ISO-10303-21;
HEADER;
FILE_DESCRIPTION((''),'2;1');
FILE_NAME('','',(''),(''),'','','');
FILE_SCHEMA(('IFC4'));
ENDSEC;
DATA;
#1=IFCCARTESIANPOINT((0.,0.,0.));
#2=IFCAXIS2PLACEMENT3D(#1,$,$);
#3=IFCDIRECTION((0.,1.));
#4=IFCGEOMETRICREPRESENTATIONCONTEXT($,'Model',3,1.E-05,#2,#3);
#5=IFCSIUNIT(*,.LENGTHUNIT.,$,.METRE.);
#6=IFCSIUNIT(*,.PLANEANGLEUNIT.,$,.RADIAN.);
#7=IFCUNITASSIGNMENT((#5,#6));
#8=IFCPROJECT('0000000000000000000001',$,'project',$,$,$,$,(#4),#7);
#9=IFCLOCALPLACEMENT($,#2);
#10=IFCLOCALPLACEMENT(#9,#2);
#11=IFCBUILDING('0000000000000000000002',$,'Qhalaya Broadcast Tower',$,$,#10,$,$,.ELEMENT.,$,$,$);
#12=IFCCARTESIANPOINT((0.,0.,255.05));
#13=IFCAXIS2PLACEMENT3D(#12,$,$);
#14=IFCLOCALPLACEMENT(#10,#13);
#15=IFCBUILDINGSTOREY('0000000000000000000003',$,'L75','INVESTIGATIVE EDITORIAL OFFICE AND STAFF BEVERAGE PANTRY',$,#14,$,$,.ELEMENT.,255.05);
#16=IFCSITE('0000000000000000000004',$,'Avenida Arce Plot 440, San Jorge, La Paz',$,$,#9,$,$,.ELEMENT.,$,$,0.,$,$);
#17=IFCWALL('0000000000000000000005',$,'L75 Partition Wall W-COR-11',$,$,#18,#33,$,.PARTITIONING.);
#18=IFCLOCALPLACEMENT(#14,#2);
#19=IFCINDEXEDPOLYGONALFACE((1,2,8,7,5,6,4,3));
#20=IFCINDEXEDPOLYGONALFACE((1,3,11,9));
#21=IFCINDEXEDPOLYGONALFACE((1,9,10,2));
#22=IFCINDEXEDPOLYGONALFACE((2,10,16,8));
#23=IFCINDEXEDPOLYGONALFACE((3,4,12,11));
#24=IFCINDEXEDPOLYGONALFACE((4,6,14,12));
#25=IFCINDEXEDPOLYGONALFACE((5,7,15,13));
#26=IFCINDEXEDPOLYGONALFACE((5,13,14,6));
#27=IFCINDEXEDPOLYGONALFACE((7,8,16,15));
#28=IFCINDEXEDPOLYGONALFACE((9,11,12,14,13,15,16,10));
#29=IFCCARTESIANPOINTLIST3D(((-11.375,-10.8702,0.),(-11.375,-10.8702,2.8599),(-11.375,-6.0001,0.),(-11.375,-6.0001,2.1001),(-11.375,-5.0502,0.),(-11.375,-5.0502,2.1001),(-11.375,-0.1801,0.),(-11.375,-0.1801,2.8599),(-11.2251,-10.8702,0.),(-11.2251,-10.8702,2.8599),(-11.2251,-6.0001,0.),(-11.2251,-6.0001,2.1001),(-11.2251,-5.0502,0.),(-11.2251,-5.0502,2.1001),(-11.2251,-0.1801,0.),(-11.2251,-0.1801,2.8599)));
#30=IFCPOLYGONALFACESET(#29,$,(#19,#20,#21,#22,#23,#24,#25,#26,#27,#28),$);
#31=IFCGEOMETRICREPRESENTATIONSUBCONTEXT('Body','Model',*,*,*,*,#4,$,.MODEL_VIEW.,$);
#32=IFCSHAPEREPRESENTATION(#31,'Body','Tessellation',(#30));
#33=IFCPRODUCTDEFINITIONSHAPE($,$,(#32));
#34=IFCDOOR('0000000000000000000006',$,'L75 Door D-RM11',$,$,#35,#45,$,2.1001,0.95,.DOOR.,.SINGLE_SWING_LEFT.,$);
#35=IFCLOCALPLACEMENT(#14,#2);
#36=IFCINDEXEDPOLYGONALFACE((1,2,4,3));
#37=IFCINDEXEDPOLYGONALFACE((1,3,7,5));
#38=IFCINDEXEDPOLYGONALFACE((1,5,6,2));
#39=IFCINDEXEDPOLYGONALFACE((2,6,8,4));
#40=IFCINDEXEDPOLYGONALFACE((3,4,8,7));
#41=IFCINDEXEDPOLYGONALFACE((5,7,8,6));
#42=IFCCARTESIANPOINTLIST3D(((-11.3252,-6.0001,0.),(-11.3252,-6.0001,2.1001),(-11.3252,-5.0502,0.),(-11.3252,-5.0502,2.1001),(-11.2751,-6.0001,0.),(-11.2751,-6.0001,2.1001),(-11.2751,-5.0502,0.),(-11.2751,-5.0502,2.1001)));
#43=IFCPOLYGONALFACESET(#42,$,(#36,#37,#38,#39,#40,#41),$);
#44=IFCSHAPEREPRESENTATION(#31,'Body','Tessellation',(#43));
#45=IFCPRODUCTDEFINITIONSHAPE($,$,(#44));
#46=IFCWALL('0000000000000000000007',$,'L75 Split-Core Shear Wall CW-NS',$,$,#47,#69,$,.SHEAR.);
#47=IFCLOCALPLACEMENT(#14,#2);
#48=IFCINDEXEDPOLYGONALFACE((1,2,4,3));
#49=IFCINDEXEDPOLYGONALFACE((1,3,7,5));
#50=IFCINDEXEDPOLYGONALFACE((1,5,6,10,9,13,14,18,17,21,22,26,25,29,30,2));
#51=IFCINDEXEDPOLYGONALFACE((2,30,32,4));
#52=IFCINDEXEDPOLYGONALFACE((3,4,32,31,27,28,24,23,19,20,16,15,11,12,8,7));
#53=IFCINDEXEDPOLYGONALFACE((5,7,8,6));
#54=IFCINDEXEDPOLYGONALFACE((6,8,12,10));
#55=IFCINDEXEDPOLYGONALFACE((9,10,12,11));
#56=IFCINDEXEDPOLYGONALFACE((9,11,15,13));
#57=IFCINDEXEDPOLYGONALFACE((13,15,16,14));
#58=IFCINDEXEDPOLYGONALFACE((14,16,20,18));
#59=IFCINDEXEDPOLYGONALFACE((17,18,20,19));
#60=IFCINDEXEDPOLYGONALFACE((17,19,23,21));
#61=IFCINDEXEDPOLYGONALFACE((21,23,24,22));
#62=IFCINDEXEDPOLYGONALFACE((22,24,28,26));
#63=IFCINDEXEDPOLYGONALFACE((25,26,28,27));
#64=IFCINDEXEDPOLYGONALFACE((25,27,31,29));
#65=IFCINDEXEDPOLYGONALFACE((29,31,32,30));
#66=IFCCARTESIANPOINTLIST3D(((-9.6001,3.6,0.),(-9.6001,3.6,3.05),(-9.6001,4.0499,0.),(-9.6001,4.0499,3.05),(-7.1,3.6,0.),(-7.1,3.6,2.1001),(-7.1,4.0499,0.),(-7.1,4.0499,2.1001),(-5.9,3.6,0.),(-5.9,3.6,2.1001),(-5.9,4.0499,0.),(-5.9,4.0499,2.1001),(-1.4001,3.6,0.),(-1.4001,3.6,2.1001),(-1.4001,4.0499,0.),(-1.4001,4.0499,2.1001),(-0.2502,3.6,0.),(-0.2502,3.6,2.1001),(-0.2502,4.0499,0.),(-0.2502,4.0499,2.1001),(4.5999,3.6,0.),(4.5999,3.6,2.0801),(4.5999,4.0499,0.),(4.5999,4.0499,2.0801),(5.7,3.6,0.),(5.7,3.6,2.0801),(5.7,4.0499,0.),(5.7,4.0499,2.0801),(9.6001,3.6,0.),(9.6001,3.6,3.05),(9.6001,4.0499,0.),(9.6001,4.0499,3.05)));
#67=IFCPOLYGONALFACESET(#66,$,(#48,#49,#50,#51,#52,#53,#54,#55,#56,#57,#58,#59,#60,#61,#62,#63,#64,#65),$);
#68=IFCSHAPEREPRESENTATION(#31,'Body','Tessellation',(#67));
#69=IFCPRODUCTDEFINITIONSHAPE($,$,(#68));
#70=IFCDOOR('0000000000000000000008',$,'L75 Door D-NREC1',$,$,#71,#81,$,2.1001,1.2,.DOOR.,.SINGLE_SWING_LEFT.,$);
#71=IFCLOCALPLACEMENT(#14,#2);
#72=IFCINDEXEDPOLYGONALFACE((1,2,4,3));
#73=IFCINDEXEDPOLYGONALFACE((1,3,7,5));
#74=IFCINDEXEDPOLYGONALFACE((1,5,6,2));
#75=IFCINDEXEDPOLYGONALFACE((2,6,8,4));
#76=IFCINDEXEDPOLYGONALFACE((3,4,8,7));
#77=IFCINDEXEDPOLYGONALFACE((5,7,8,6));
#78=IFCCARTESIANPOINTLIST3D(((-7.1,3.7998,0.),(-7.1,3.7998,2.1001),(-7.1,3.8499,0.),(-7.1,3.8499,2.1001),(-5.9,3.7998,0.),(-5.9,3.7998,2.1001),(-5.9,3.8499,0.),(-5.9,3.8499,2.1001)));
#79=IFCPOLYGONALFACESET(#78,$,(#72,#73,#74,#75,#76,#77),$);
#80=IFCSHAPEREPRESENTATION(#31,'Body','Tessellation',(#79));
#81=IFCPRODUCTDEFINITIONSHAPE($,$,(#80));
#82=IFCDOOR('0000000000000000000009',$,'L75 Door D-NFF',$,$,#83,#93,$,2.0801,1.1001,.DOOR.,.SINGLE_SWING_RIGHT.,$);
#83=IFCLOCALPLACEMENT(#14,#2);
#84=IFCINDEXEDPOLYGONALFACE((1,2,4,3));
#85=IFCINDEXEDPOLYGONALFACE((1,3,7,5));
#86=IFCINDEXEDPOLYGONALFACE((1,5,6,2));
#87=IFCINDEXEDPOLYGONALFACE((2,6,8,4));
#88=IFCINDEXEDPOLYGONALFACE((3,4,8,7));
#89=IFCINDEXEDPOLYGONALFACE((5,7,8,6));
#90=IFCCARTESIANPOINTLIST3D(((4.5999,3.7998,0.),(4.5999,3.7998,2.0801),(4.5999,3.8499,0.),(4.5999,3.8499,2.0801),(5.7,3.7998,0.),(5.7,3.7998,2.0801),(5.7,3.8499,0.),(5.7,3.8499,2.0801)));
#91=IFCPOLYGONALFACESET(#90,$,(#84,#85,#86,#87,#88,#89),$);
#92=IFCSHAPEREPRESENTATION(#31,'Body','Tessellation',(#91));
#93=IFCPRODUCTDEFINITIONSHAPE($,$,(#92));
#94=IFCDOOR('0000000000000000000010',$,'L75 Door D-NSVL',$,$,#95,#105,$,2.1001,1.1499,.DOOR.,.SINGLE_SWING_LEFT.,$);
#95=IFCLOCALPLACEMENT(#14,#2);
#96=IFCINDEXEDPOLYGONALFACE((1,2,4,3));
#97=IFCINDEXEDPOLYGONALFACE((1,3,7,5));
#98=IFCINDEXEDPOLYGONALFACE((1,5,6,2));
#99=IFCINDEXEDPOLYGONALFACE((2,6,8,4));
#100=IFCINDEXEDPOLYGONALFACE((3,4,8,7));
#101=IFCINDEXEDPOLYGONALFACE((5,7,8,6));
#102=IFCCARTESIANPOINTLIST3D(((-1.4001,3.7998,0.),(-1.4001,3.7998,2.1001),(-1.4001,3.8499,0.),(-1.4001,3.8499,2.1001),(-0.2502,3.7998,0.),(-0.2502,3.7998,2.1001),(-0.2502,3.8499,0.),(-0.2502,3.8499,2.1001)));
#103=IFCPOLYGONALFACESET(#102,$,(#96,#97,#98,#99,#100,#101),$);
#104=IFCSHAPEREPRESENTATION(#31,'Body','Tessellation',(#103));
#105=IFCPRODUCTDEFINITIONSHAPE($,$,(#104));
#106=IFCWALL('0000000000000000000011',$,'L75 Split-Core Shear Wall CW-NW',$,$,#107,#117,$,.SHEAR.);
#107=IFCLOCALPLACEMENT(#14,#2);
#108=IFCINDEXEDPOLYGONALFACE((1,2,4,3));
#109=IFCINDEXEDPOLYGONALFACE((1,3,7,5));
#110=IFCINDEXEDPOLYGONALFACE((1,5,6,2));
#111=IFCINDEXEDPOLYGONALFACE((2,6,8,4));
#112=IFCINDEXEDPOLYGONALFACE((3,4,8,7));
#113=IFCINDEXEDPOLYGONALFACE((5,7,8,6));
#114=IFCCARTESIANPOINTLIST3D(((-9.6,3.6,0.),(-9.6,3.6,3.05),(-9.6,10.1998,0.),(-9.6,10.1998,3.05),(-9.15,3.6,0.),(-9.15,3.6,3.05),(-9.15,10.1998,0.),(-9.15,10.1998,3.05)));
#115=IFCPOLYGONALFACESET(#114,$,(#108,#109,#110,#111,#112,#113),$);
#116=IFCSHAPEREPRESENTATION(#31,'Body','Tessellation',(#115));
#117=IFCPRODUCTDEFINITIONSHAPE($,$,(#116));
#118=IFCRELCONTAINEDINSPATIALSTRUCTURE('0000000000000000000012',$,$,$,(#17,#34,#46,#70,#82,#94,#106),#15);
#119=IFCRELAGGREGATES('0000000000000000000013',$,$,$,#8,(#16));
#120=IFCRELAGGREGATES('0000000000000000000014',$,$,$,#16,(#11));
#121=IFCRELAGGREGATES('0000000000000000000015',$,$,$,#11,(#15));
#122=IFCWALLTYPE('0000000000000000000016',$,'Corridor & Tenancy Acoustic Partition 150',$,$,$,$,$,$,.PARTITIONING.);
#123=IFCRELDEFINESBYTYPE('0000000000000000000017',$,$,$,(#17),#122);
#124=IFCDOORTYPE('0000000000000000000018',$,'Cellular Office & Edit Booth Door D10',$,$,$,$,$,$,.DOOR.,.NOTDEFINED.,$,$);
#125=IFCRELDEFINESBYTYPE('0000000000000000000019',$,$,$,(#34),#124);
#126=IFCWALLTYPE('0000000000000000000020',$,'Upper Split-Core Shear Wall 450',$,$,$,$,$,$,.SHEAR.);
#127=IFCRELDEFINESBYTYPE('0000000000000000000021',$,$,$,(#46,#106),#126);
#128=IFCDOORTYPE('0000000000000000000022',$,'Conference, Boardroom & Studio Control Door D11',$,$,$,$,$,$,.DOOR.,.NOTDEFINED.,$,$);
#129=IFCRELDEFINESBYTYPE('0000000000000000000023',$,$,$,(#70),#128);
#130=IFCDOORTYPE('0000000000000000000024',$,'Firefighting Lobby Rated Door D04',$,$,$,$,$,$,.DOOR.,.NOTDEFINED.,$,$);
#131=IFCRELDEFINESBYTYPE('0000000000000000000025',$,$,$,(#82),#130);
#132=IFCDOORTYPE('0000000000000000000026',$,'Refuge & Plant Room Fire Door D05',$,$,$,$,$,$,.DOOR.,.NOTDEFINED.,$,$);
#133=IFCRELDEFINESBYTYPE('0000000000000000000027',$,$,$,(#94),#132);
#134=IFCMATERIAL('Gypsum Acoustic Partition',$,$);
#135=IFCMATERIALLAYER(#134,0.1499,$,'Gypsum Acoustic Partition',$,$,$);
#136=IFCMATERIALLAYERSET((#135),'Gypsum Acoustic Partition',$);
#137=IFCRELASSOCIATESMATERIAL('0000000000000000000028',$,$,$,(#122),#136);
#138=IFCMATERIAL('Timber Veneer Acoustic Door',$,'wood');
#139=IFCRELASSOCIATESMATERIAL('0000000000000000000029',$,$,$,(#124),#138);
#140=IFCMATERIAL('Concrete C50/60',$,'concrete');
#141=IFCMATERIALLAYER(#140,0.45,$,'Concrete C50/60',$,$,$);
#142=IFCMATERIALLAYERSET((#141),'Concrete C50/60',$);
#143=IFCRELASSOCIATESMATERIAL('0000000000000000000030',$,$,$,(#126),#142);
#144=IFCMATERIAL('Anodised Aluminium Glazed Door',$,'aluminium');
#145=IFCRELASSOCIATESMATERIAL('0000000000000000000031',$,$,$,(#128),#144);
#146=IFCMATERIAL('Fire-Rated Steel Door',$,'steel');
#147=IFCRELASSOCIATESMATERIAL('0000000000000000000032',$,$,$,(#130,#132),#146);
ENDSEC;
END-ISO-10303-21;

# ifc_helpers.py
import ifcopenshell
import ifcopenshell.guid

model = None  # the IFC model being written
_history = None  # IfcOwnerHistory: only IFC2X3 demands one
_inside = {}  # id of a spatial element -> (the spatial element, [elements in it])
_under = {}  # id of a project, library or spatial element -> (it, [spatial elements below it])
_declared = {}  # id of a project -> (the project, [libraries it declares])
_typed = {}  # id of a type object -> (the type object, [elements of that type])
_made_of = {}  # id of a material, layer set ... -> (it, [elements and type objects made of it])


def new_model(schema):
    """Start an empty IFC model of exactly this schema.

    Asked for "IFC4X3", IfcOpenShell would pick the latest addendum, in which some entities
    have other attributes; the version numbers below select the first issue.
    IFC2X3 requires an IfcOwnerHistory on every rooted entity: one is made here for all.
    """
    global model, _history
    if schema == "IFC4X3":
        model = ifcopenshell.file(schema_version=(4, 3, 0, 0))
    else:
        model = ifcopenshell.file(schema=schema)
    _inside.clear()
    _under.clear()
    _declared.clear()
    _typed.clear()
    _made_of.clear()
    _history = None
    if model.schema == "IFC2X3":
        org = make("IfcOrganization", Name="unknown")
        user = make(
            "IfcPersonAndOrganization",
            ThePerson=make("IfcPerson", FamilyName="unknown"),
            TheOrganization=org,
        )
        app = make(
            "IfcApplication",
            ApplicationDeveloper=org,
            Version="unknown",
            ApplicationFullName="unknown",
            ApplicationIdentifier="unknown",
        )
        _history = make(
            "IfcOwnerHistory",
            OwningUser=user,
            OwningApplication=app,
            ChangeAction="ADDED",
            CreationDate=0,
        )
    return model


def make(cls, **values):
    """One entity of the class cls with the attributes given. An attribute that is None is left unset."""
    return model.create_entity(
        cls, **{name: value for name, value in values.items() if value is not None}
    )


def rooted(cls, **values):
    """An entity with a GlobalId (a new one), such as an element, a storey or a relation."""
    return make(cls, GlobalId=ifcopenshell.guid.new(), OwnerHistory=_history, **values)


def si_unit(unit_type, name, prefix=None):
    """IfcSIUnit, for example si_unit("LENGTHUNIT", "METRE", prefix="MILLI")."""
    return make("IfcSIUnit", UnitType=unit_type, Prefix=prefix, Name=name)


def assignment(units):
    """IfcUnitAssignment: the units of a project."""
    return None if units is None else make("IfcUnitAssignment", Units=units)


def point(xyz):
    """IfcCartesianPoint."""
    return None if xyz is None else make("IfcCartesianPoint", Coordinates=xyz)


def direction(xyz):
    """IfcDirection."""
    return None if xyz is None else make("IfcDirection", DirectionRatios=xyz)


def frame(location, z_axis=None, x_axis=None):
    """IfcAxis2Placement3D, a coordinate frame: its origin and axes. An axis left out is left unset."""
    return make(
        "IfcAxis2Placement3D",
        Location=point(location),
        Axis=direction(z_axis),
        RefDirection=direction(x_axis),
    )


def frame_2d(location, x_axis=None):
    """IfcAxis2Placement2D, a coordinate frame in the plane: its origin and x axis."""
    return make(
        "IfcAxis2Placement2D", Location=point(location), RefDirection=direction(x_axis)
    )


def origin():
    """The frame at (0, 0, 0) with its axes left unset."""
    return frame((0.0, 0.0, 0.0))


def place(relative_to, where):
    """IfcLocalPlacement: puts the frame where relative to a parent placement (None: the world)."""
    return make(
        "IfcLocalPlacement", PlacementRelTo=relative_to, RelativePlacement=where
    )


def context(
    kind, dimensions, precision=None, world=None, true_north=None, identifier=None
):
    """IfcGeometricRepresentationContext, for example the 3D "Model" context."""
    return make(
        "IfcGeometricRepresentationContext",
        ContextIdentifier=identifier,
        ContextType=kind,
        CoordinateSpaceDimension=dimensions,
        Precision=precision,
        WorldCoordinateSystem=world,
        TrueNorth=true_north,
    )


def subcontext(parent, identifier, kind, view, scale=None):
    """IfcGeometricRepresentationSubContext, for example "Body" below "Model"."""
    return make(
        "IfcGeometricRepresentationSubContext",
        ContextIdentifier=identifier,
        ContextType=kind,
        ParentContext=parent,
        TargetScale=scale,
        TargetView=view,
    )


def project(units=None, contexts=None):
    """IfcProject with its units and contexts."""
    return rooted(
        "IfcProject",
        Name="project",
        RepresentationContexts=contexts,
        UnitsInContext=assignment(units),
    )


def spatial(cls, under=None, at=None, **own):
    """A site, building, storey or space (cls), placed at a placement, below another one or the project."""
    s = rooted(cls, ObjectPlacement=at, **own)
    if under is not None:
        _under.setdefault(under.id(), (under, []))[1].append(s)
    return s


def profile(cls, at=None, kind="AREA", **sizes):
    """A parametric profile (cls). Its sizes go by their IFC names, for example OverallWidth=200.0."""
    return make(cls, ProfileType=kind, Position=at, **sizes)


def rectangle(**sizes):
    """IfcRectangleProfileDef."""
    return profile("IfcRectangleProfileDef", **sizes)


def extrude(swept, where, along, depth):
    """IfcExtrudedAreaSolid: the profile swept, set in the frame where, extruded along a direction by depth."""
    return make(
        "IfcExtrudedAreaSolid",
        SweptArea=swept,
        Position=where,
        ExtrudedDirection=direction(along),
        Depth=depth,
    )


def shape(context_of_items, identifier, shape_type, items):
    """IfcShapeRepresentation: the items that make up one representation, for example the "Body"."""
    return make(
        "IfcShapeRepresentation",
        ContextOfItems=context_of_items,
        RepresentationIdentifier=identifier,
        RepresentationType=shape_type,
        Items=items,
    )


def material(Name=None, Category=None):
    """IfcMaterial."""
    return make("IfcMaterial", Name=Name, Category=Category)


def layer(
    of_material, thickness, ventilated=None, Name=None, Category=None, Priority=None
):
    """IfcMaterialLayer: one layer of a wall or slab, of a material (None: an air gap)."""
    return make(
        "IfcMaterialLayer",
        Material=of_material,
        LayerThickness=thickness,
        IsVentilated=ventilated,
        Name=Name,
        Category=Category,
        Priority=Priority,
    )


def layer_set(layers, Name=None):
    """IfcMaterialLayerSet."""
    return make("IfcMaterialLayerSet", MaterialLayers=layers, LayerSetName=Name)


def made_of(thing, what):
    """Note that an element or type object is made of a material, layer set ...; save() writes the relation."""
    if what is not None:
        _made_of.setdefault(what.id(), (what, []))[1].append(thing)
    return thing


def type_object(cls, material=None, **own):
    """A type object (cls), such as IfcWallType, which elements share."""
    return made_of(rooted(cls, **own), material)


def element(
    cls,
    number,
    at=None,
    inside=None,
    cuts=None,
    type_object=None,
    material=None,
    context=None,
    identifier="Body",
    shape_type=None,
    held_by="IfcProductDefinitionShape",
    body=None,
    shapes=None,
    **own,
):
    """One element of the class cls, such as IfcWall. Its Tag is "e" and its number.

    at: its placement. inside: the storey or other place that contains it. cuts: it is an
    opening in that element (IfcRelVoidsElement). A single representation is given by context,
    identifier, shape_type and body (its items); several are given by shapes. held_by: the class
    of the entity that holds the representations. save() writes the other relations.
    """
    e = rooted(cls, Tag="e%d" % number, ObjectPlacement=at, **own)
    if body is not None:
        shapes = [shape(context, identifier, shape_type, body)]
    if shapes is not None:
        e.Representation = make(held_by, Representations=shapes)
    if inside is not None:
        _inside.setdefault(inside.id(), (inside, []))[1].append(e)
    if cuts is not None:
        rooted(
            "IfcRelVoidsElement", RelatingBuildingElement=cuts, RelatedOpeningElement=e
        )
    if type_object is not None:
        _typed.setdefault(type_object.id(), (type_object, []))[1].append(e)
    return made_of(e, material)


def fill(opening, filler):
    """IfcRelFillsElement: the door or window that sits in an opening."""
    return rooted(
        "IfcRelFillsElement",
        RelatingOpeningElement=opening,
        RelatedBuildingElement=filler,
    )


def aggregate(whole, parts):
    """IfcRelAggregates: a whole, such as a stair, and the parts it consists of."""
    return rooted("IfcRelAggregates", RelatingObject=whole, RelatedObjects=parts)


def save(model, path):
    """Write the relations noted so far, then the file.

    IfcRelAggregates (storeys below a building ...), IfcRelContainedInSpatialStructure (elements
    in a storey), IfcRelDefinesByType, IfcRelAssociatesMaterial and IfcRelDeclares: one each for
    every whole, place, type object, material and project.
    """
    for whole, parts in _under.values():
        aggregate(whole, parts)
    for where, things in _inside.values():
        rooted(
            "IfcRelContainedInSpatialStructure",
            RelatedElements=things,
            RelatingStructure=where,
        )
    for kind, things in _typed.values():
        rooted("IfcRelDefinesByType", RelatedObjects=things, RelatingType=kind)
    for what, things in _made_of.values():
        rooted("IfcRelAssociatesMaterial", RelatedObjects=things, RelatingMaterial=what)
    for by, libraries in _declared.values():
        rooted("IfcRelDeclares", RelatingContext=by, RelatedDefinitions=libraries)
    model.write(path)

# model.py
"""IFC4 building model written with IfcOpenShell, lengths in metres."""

from ifc_helpers import new_model, si_unit, direction, frame, frame_2d, origin, place, context, subcontext, project, spatial, rectangle, extrude, material, layer, layer_set, type_object, element, fill, save


model = new_model("IFC4")

# Units and contexts
model_context = context("Model", 3, precision=1e-05, world=origin(), true_north=direction((0.0, 1.0)))
body_context = subcontext(model_context, "Body", "Model", "MODEL_VIEW")
ifc_project = project(units=[si_unit("LENGTHUNIT", "METRE"), si_unit("PLANEANGLEUNIT", "RADIAN")], contexts=[model_context])

# Site, building, storey
site_placement = place(None, origin())
site = spatial("IfcSite", under=ifc_project, at=site_placement, Name="Avenida Arce Plot 440, San Jorge, La Paz", CompositionType="ELEMENT", RefElevation=0.0)
building_placement = place(site_placement, origin())
building = spatial("IfcBuilding", under=site, at=building_placement, Name="Qhalaya Broadcast Tower", CompositionType="ELEMENT")
storey_placement = place(building_placement, frame((0.0, 0.0, 255.05)))
storey = spatial("IfcBuildingStorey", under=building, at=storey_placement, Name="L75", Description="INVESTIGATIVE EDITORIAL OFFICE AND STAFF BEVERAGE PANTRY", CompositionType="ELEMENT", Elevation=255.05)

# Shared definitions
ifc_material_1 = material(Name="Concrete C50/60", Category="concrete")

# Wall, opening, door
ifc_material_2 = material(Name="Gypsum Acoustic Partition")
ifc_layer_1 = layer(ifc_material_2, 0.1499, Name="Gypsum Acoustic Partition")
ifc_layer_set_1 = layer_set([ifc_layer_1], Name="Gypsum Acoustic Partition")
wall_type_1 = type_object("IfcWallType", Name="Corridor & Tenancy Acoustic Partition 150", PredefinedType="PARTITIONING", material=ifc_layer_set_1)
wall_1_placement = place(storey_placement, frame((-11.3, -0.1799, 0.0), z_axis=(0.0, 0.0, 1.0), x_axis=(0.0, -1.0, 0.0)))
wall_1 = element("IfcWall", 1, at=wall_1_placement, inside=storey, type_object=wall_type_1, Name="L75 Partition Wall W-COR-11", PredefinedType="PARTITIONING", context=body_context, shape_type="SweptSolid", body=[
    extrude(rectangle(XDim=10.6902, YDim=0.1499, at=frame_2d((5.3452, 0.0))), origin(), (0.0, 0.0, 1.0), 2.8599),
])
opening_1_placement = place(wall_1_placement, frame((4.8701, 0.0, 0.0)))
opening_1 = element("IfcOpeningElement", 2, at=opening_1_placement, cuts=wall_1, PredefinedType="OPENING", context=body_context, shape_type="SweptSolid", body=[
    extrude(rectangle(XDim=0.95, YDim=2.1001, at=frame_2d((0.4751, 1.05))), frame((0.0, 0.0869, 0.0), z_axis=(0.0, -1.0, 0.0), x_axis=(1.0, 0.0, 0.0)), (0.0, 0.0, 1.0), 0.1738),
])
ifc_material_3 = material(Name="Timber Veneer Acoustic Door", Category="wood")
door_type_1 = type_object("IfcDoorType", Name="Cellular Office & Edit Booth Door D10", OperationType="NOTDEFINED", PredefinedType="DOOR", material=ifc_material_3)
door_1_placement = place(opening_1_placement, origin())
door_1 = element("IfcDoor", 3, at=door_1_placement, inside=storey, type_object=door_type_1, Name="L75 Door D-RM11", OperationType="SINGLE_SWING_LEFT", OverallHeight=2.1001, OverallWidth=0.95, PredefinedType="DOOR", context=body_context, shape_type="SweptSolid", body=[
    extrude(rectangle(XDim=0.95, YDim=2.1001, at=frame_2d((0.4751, 1.05))), frame((0.0, 0.0249, 0.0), z_axis=(0.0, -1.0, 0.0), x_axis=(1.0, 0.0, 0.0)), (0.0, 0.0, 1.0), 0.05),
])
fill(opening_1, door_1)

# Wall, openings, doors
ifc_layer_2 = layer(ifc_material_1, 0.45, Name="Concrete C50/60")
ifc_layer_set_2 = layer_set([ifc_layer_2], Name="Concrete C50/60")
wall_type_2 = type_object("IfcWallType", Name="Upper Split-Core Shear Wall 450", PredefinedType="SHEAR", material=ifc_layer_set_2)
wall_2_placement = place(storey_placement, frame((-9.6001, 3.825, 0.0), z_axis=(0.0, 0.0, 1.0), x_axis=(1.0, 0.0, 0.0)))
wall_2 = element("IfcWall", 4, at=wall_2_placement, inside=storey, type_object=wall_type_2, Name="L75 Split-Core Shear Wall CW-NS", PredefinedType="SHEAR", context=body_context, shape_type="SweptSolid", body=[
    extrude(rectangle(XDim=19.2002, YDim=0.45, at=frame_2d((9.6001, 0.0))), origin(), (0.0, 0.0, 1.0), 3.05),
])
opening_2_placement = place(wall_2_placement, frame((14.2, 0.0, 0.0)))
opening_2 = element("IfcOpeningElement", 5, at=opening_2_placement, cuts=wall_2, PredefinedType="OPENING", context=body_context, shape_type="SweptSolid", body=[
    extrude(rectangle(XDim=1.1001, YDim=2.0801, at=frame_2d((0.55, 1.04))), frame((0.0, 0.2371, 0.0), z_axis=(0.0, -1.0, 0.0), x_axis=(1.0, 0.0, 0.0)), (0.0, 0.0, 1.0), 0.4739),
])
opening_3_placement = place(wall_2_placement, frame((8.2, 0.0, 0.0)))
opening_3 = element("IfcOpeningElement", 6, at=opening_3_placement, cuts=wall_2, PredefinedType="OPENING", context=body_context, shape_type="SweptSolid", body=[
    extrude(rectangle(XDim=1.1499, YDim=2.1001, at=frame_2d((0.575, 1.05))), frame((0.0, 0.2371, 0.0), z_axis=(0.0, -1.0, 0.0), x_axis=(1.0, 0.0, 0.0)), (0.0, 0.0, 1.0), 0.4739),
])
opening_4_placement = place(wall_2_placement, frame((2.5, 0.0, 0.0)))
opening_4 = element("IfcOpeningElement", 7, at=opening_4_placement, cuts=wall_2, PredefinedType="OPENING", context=body_context, shape_type="SweptSolid", body=[
    extrude(rectangle(XDim=1.2, YDim=2.1001, at=frame_2d((0.6001, 1.05))), frame((0.0, 0.2371, 0.0), z_axis=(0.0, -1.0, 0.0), x_axis=(1.0, 0.0, 0.0)), (0.0, 0.0, 1.0), 0.4739),
])
ifc_material_4 = material(Name="Anodised Aluminium Glazed Door", Category="aluminium")
door_type_2 = type_object("IfcDoorType", Name="Conference, Boardroom & Studio Control Door D11", OperationType="NOTDEFINED", PredefinedType="DOOR", material=ifc_material_4)
door_2_placement = place(opening_4_placement, origin())
door_2 = element("IfcDoor", 8, at=door_2_placement, inside=storey, type_object=door_type_2, Name="L75 Door D-NREC1", OperationType="SINGLE_SWING_LEFT", OverallHeight=2.1001, OverallWidth=1.2, PredefinedType="DOOR", context=body_context, shape_type="SweptSolid", body=[
    extrude(rectangle(XDim=1.2, YDim=2.1001, at=frame_2d((0.6001, 1.05))), frame((0.0, 0.0249, 0.0), z_axis=(0.0, -1.0, 0.0), x_axis=(1.0, 0.0, 0.0)), (0.0, 0.0, 1.0), 0.05),
])
fill(opening_4, door_2)
ifc_material_5 = material(Name="Fire-Rated Steel Door", Category="steel")
door_type_3 = type_object("IfcDoorType", Name="Firefighting Lobby Rated Door D04", OperationType="NOTDEFINED", PredefinedType="DOOR", material=ifc_material_5)
door_3_placement = place(opening_2_placement, origin())
door_3 = element("IfcDoor", 9, at=door_3_placement, inside=storey, type_object=door_type_3, Name="L75 Door D-NFF", OperationType="SINGLE_SWING_RIGHT", OverallHeight=2.0801, OverallWidth=1.1001, PredefinedType="DOOR", context=body_context, shape_type="SweptSolid", body=[
    extrude(rectangle(XDim=1.1001, YDim=2.0801, at=frame_2d((0.55, 1.04))), frame((0.0, 0.0249, 0.0), z_axis=(0.0, -1.0, 0.0), x_axis=(1.0, 0.0, 0.0)), (0.0, 0.0, 1.0), 0.05),
])
fill(opening_2, door_3)
door_type_4 = type_object("IfcDoorType", Name="Refuge & Plant Room Fire Door D05", OperationType="NOTDEFINED", PredefinedType="DOOR", material=ifc_material_5)
door_4_placement = place(opening_3_placement, origin())
door_4 = element("IfcDoor", 10, at=door_4_placement, inside=storey, type_object=door_type_4, Name="L75 Door D-NSVL", OperationType="SINGLE_SWING_LEFT", OverallHeight=2.1001, OverallWidth=1.1499, PredefinedType="DOOR", context=body_context, shape_type="SweptSolid", body=[
    extrude(rectangle(XDim=1.1499, YDim=2.1001, at=frame_2d((0.575, 1.05))), frame((0.0, 0.0249, 0.0), z_axis=(0.0, -1.0, 0.0), x_axis=(1.0, 0.0, 0.0)), (0.0, 0.0, 1.0), 0.05),
])
fill(opening_3, door_4)

# Wall
wall_3_placement = place(storey_placement, frame((-9.375, 3.6001, 0.0), z_axis=(0.0, 0.0, 1.0), x_axis=(0.0, 1.0, 0.0)))
element("IfcWall", 11, at=wall_3_placement, inside=storey, type_object=wall_type_2, Name="L75 Split-Core Shear Wall CW-NW", PredefinedType="SHEAR", context=body_context, shape_type="SweptSolid", body=[
    extrude(rectangle(XDim=6.5999, YDim=0.45, at=frame_2d((3.2998, 0.0))), origin(), (0.0, 0.0, 1.0), 3.05),
])

save(model, "model.ifc")
